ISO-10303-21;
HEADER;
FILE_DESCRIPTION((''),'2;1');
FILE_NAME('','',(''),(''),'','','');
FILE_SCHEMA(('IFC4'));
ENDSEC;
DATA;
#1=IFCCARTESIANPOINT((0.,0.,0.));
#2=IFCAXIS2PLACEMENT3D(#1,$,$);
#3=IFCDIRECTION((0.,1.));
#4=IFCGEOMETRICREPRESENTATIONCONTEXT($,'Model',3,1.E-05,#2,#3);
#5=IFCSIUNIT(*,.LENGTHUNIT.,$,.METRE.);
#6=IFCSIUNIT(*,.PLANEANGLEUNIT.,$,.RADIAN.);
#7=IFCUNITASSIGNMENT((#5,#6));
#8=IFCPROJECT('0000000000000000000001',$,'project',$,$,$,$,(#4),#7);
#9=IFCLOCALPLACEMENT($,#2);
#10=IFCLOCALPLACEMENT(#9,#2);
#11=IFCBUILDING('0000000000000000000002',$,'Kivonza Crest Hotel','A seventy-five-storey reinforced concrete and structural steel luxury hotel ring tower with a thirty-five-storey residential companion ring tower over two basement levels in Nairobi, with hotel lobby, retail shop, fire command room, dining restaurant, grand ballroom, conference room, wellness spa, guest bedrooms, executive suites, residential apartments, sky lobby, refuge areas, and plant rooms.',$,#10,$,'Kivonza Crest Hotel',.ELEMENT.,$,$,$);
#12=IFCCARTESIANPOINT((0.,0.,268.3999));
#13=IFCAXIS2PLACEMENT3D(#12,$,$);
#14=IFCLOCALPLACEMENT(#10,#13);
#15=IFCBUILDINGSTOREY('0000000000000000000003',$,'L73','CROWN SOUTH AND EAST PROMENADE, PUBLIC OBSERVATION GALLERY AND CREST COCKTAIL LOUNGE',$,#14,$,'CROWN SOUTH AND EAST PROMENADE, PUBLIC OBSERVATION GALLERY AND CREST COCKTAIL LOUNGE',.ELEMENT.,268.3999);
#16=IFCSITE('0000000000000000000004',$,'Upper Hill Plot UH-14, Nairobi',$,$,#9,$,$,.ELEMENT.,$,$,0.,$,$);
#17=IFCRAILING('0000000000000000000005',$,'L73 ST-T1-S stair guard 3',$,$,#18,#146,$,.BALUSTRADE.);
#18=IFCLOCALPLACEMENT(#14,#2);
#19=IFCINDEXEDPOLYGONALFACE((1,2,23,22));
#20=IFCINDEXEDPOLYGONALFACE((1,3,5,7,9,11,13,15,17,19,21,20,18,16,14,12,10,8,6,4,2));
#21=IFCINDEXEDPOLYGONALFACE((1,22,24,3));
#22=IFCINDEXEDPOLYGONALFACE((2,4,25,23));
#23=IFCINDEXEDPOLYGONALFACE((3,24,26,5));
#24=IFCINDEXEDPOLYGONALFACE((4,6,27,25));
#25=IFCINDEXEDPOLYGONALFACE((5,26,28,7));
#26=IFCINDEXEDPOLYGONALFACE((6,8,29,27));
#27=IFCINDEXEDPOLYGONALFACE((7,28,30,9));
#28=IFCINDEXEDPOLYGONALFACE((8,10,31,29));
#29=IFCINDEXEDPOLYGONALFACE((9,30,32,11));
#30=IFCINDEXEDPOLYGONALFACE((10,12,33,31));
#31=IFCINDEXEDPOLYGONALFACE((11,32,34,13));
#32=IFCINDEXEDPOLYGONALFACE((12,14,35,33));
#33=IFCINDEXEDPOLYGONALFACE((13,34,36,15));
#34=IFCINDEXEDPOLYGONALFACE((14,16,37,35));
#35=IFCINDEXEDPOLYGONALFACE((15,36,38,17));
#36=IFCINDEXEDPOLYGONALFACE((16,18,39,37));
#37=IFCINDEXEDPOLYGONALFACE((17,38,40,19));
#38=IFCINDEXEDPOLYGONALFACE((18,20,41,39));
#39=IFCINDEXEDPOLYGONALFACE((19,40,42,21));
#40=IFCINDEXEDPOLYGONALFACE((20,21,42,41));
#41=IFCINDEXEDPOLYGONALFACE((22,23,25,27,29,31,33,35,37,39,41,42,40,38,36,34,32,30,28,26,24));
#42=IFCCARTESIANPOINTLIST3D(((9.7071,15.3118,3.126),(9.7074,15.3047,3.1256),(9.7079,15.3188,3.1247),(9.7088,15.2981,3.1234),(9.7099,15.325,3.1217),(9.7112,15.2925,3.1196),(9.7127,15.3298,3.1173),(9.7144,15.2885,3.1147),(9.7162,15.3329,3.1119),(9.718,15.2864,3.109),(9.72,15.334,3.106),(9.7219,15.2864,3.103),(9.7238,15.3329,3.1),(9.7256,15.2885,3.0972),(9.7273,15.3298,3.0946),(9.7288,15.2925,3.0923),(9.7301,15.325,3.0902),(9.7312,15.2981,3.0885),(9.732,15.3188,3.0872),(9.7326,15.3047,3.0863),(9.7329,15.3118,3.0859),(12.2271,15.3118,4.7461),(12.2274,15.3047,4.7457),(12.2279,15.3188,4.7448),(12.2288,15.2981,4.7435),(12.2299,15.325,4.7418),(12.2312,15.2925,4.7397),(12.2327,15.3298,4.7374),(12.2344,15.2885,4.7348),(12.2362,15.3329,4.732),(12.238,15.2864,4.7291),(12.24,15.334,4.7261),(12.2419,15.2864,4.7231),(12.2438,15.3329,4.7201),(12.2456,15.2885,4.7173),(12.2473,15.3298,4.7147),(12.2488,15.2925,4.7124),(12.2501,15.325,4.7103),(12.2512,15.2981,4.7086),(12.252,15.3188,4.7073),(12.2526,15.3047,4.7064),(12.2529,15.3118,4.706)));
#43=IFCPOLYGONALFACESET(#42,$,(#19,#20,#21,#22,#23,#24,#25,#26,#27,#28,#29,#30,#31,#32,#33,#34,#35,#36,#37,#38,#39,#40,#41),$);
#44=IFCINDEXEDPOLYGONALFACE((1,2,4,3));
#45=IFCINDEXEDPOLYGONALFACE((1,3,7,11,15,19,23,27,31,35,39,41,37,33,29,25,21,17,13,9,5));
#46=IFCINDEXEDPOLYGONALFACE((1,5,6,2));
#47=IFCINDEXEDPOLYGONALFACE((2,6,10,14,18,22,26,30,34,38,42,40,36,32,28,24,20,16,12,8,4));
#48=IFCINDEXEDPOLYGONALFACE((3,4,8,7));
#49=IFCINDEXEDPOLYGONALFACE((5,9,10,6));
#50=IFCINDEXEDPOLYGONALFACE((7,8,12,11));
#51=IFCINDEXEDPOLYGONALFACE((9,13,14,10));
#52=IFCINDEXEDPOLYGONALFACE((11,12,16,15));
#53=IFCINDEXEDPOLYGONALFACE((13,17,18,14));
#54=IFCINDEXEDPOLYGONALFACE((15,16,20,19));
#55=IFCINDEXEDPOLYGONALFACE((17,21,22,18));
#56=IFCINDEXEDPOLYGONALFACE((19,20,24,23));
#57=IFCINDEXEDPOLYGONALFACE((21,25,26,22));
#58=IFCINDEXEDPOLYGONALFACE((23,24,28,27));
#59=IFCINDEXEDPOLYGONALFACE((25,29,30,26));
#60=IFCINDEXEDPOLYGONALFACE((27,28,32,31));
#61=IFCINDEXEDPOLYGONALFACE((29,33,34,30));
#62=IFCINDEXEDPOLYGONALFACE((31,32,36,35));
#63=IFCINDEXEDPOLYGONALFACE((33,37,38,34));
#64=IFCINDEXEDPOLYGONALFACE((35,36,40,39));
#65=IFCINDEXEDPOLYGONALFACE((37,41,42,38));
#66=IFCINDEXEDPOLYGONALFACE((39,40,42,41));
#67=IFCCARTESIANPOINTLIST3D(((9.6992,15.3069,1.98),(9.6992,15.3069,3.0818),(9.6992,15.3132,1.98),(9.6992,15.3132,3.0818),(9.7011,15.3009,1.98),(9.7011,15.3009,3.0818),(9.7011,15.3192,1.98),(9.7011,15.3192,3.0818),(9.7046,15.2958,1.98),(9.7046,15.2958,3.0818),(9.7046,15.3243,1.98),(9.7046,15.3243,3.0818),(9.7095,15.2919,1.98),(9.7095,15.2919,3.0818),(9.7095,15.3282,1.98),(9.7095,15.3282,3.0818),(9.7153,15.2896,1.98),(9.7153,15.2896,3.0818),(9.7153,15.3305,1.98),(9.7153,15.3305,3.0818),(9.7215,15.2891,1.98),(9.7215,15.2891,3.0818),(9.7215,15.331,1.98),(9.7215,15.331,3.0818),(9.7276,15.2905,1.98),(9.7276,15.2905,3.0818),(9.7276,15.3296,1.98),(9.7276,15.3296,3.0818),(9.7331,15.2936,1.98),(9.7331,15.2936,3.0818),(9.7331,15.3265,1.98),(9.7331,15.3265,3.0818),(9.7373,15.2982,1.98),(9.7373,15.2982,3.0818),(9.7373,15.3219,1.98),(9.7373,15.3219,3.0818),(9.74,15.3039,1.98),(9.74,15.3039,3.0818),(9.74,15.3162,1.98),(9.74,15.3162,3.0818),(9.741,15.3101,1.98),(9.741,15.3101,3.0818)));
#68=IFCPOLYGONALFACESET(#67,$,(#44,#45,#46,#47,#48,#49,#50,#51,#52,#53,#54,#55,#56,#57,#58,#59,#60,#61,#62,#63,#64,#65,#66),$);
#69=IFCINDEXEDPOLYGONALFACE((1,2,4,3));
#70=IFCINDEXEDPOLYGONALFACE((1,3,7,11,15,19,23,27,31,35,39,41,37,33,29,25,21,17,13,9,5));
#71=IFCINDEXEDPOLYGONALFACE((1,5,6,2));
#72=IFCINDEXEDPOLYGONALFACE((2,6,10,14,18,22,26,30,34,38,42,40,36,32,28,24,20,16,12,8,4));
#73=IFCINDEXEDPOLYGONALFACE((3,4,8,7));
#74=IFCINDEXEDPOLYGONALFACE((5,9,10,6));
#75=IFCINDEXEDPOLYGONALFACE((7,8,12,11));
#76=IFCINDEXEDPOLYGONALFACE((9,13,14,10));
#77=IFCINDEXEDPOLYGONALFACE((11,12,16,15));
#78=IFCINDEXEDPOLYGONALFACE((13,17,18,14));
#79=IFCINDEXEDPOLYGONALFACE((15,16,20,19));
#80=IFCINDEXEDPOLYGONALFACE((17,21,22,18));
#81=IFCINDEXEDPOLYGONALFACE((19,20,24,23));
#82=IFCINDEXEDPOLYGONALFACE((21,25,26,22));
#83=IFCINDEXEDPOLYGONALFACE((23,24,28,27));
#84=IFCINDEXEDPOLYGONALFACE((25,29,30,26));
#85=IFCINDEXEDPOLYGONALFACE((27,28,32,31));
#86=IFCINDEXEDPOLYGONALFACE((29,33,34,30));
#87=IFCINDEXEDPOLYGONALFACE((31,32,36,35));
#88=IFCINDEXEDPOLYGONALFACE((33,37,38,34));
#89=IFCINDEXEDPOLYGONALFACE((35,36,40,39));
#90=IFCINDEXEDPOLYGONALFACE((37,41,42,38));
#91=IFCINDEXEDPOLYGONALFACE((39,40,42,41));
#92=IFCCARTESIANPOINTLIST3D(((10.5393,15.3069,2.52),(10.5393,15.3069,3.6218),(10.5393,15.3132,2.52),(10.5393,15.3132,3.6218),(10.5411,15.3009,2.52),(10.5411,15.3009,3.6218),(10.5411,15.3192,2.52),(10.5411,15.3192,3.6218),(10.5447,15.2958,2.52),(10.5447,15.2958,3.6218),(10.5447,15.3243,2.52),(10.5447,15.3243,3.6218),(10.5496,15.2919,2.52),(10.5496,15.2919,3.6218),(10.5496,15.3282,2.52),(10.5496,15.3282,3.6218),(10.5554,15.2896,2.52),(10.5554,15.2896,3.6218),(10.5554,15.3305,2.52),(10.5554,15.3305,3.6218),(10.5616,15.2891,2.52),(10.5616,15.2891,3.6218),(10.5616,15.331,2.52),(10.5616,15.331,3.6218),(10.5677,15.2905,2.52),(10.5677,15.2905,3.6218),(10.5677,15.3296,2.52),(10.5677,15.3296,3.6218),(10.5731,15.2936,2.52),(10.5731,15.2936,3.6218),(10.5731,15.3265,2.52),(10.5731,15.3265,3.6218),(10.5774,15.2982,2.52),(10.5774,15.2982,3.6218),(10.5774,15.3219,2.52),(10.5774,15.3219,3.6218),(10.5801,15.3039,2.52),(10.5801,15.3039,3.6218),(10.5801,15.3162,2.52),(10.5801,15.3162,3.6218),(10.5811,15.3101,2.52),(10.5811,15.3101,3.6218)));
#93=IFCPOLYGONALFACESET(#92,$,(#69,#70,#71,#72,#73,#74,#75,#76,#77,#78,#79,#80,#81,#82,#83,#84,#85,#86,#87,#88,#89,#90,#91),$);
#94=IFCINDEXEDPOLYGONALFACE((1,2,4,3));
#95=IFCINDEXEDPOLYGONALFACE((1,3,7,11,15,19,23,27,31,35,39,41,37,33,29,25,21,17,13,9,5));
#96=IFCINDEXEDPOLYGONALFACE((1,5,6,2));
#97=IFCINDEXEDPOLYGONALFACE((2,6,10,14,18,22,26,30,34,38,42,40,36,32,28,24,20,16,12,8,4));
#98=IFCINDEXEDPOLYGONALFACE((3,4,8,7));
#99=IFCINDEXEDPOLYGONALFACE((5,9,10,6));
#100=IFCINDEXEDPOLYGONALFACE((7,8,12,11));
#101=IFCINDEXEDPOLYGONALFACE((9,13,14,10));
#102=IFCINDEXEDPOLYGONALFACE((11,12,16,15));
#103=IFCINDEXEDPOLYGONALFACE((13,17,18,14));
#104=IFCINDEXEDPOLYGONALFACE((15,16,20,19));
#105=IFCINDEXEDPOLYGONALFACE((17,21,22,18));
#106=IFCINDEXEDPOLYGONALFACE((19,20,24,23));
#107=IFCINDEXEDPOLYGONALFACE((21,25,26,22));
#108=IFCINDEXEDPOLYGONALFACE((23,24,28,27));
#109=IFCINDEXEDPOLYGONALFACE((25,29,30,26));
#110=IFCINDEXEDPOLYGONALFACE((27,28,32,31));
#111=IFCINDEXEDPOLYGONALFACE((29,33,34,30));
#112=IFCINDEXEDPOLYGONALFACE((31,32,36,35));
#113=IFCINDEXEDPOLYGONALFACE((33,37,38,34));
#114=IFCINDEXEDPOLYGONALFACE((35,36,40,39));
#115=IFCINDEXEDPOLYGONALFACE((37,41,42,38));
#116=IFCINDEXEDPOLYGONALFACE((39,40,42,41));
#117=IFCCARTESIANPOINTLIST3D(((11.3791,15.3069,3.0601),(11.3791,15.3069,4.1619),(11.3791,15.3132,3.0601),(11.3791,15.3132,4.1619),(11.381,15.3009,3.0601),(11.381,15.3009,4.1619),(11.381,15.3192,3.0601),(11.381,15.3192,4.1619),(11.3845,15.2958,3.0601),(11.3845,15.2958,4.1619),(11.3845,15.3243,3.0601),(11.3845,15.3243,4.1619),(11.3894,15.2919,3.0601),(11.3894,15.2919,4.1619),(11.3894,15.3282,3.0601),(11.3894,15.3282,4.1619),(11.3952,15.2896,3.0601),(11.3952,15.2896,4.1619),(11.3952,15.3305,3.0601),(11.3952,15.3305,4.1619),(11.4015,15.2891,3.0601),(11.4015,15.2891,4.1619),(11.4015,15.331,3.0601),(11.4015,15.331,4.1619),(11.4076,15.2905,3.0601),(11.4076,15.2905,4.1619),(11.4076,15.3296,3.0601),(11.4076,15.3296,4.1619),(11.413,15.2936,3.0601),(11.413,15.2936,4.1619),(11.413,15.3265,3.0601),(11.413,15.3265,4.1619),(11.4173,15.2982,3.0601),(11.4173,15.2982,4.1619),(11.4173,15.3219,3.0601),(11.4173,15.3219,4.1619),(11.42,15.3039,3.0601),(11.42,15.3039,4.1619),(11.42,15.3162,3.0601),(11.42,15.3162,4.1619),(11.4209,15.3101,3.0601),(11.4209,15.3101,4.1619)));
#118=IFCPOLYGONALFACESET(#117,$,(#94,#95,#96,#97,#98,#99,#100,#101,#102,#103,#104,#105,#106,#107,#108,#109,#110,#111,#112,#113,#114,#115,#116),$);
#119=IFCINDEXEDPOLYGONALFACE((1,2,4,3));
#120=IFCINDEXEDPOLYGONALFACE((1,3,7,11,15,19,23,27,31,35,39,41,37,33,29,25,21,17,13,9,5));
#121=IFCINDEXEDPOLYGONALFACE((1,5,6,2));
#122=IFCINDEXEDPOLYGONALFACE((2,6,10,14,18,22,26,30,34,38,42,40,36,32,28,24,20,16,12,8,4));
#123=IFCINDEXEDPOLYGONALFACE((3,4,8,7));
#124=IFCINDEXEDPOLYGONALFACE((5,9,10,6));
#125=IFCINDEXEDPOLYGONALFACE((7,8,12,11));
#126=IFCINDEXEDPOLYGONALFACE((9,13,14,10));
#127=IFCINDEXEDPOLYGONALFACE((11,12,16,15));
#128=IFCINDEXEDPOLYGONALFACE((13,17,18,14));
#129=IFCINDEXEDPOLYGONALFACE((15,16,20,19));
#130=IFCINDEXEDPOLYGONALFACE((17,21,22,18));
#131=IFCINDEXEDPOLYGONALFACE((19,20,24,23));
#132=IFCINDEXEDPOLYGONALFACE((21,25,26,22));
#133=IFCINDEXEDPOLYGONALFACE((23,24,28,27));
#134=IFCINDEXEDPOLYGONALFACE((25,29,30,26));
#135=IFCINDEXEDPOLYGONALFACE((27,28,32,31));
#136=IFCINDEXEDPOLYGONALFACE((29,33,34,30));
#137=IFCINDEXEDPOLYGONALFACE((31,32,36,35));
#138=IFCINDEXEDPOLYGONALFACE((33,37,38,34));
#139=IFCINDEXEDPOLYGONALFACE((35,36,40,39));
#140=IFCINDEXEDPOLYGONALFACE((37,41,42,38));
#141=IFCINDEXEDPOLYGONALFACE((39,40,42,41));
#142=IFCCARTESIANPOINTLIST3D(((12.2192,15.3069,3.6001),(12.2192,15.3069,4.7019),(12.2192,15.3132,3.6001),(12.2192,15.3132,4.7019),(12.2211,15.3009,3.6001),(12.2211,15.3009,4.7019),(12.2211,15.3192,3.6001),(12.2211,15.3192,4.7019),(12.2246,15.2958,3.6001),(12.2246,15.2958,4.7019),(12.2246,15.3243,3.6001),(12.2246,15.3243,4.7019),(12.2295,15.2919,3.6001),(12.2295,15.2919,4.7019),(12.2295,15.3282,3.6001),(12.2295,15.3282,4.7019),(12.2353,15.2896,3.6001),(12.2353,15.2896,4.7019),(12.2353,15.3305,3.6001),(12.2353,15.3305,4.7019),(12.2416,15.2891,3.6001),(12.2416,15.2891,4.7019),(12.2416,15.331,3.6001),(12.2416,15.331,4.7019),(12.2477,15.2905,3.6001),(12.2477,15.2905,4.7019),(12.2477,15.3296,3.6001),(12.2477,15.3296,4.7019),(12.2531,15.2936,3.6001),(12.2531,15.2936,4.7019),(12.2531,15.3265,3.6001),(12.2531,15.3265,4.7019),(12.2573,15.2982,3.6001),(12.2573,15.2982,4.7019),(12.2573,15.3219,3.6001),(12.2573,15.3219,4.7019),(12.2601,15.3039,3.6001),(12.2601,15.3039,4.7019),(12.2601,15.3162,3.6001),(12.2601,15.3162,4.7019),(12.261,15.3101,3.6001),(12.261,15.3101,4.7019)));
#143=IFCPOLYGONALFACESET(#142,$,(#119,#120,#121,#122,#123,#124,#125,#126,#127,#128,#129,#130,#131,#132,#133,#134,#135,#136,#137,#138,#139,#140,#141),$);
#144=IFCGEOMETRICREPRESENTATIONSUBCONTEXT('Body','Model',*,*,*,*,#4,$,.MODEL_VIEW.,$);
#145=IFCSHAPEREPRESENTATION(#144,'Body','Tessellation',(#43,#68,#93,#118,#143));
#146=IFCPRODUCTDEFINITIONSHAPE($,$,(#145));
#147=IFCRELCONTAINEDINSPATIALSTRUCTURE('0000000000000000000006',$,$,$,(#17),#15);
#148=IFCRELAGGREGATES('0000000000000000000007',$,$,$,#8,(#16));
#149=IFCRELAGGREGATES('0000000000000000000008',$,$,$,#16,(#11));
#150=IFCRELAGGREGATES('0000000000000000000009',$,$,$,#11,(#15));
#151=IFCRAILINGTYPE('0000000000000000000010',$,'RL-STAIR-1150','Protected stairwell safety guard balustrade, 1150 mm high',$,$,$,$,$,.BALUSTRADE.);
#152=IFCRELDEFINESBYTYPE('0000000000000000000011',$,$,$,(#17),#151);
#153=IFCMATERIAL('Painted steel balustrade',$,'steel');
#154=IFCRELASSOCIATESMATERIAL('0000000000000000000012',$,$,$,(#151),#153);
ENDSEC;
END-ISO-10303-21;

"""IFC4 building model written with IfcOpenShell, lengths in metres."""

from ifc_helpers import new_model, si_unit, direction, frame, origin, origin_2d, place, context, subcontext, project, spatial, circle, extrude, material, type_object, element, save


model = new_model("IFC4")

# Units and contexts
model_context = context("Model", 3, precision=1e-05, world=origin(), true_north=direction((0.0, 1.0)))
body_context = subcontext(model_context, "Body", "Model", "MODEL_VIEW")
ifc_project = project(units=[si_unit("LENGTHUNIT", "METRE"), si_unit("PLANEANGLEUNIT", "RADIAN")], contexts=[model_context])

# Site, building, storey
site_placement = place(None, origin())
site = spatial("IfcSite", under=ifc_project, at=site_placement, Name="Upper Hill Plot UH-14, Nairobi", CompositionType="ELEMENT", RefElevation=0.0)
building_placement = place(site_placement, origin())
building = spatial("IfcBuilding", under=site, at=building_placement, Name="Kivonza Crest Hotel", Description="A seventy-five-storey reinforced concrete and structural steel luxury hotel ring tower with a thirty-five-storey residential companion ring tower over two basement levels in Nairobi, with hotel lobby, retail shop, fire command room, dining restaurant, grand ballroom, conference room, wellness spa, guest bedrooms, executive suites, residential apartments, sky lobby, refuge areas, and plant rooms.", LongName="Kivonza Crest Hotel", CompositionType="ELEMENT")
storey_placement = place(building_placement, frame((0.0, 0.0, 268.3999)))
storey = spatial("IfcBuildingStorey", under=building, at=storey_placement, Name="L73", Description="CROWN SOUTH AND EAST PROMENADE, PUBLIC OBSERVATION GALLERY AND CREST COCKTAIL LOUNGE", LongName="CROWN SOUTH AND EAST PROMENADE, PUBLIC OBSERVATION GALLERY AND CREST COCKTAIL LOUNGE", CompositionType="ELEMENT", Elevation=268.3999)

# Railing
ifc_material_1 = material(Name="Painted steel balustrade", Category="steel")
railing_type_1 = type_object("IfcRailingType", Name="RL-STAIR-1150", Description="Protected stairwell safety guard balustrade, 1150 mm high", PredefinedType="BALUSTRADE", material=ifc_material_1)
railing_1_placement = place(storey_placement, frame((9.72, 15.3101, 1.98)))
element("IfcRailing", 1, at=railing_1_placement, inside=storey, type_object=railing_type_1, Name="L73 ST-T1-S stair guard 3", PredefinedType="BALUSTRADE", context=body_context, shape_type="SweptSolid", body=[
    extrude(circle(Radius=0.0239, at=origin_2d()), frame((0.0, 0.0, 1.126), z_axis=(0.841163, 0.0, 0.540782), x_axis=(0.0, 1.0, 0.0)), (0.0, 0.0, 1.0), 2.9958),
    extrude(circle(Radius=0.021, at=origin_2d()), origin(), (0.0, 0.0, 1.0), 1.1018),
    extrude(circle(Radius=0.021, at=origin_2d()), frame((0.8401, 0.0, 0.54)), (0.0, 0.0, 1.0), 1.1018),
    extrude(circle(Radius=0.021, at=origin_2d()), frame((1.6799, 0.0, 1.0801)), (0.0, 0.0, 1.0), 1.1018),
    extrude(circle(Radius=0.021, at=origin_2d()), frame((2.52, 0.0, 1.6201)), (0.0, 0.0, 1.0), 1.1018),
])

save(model, "model.ifc")
